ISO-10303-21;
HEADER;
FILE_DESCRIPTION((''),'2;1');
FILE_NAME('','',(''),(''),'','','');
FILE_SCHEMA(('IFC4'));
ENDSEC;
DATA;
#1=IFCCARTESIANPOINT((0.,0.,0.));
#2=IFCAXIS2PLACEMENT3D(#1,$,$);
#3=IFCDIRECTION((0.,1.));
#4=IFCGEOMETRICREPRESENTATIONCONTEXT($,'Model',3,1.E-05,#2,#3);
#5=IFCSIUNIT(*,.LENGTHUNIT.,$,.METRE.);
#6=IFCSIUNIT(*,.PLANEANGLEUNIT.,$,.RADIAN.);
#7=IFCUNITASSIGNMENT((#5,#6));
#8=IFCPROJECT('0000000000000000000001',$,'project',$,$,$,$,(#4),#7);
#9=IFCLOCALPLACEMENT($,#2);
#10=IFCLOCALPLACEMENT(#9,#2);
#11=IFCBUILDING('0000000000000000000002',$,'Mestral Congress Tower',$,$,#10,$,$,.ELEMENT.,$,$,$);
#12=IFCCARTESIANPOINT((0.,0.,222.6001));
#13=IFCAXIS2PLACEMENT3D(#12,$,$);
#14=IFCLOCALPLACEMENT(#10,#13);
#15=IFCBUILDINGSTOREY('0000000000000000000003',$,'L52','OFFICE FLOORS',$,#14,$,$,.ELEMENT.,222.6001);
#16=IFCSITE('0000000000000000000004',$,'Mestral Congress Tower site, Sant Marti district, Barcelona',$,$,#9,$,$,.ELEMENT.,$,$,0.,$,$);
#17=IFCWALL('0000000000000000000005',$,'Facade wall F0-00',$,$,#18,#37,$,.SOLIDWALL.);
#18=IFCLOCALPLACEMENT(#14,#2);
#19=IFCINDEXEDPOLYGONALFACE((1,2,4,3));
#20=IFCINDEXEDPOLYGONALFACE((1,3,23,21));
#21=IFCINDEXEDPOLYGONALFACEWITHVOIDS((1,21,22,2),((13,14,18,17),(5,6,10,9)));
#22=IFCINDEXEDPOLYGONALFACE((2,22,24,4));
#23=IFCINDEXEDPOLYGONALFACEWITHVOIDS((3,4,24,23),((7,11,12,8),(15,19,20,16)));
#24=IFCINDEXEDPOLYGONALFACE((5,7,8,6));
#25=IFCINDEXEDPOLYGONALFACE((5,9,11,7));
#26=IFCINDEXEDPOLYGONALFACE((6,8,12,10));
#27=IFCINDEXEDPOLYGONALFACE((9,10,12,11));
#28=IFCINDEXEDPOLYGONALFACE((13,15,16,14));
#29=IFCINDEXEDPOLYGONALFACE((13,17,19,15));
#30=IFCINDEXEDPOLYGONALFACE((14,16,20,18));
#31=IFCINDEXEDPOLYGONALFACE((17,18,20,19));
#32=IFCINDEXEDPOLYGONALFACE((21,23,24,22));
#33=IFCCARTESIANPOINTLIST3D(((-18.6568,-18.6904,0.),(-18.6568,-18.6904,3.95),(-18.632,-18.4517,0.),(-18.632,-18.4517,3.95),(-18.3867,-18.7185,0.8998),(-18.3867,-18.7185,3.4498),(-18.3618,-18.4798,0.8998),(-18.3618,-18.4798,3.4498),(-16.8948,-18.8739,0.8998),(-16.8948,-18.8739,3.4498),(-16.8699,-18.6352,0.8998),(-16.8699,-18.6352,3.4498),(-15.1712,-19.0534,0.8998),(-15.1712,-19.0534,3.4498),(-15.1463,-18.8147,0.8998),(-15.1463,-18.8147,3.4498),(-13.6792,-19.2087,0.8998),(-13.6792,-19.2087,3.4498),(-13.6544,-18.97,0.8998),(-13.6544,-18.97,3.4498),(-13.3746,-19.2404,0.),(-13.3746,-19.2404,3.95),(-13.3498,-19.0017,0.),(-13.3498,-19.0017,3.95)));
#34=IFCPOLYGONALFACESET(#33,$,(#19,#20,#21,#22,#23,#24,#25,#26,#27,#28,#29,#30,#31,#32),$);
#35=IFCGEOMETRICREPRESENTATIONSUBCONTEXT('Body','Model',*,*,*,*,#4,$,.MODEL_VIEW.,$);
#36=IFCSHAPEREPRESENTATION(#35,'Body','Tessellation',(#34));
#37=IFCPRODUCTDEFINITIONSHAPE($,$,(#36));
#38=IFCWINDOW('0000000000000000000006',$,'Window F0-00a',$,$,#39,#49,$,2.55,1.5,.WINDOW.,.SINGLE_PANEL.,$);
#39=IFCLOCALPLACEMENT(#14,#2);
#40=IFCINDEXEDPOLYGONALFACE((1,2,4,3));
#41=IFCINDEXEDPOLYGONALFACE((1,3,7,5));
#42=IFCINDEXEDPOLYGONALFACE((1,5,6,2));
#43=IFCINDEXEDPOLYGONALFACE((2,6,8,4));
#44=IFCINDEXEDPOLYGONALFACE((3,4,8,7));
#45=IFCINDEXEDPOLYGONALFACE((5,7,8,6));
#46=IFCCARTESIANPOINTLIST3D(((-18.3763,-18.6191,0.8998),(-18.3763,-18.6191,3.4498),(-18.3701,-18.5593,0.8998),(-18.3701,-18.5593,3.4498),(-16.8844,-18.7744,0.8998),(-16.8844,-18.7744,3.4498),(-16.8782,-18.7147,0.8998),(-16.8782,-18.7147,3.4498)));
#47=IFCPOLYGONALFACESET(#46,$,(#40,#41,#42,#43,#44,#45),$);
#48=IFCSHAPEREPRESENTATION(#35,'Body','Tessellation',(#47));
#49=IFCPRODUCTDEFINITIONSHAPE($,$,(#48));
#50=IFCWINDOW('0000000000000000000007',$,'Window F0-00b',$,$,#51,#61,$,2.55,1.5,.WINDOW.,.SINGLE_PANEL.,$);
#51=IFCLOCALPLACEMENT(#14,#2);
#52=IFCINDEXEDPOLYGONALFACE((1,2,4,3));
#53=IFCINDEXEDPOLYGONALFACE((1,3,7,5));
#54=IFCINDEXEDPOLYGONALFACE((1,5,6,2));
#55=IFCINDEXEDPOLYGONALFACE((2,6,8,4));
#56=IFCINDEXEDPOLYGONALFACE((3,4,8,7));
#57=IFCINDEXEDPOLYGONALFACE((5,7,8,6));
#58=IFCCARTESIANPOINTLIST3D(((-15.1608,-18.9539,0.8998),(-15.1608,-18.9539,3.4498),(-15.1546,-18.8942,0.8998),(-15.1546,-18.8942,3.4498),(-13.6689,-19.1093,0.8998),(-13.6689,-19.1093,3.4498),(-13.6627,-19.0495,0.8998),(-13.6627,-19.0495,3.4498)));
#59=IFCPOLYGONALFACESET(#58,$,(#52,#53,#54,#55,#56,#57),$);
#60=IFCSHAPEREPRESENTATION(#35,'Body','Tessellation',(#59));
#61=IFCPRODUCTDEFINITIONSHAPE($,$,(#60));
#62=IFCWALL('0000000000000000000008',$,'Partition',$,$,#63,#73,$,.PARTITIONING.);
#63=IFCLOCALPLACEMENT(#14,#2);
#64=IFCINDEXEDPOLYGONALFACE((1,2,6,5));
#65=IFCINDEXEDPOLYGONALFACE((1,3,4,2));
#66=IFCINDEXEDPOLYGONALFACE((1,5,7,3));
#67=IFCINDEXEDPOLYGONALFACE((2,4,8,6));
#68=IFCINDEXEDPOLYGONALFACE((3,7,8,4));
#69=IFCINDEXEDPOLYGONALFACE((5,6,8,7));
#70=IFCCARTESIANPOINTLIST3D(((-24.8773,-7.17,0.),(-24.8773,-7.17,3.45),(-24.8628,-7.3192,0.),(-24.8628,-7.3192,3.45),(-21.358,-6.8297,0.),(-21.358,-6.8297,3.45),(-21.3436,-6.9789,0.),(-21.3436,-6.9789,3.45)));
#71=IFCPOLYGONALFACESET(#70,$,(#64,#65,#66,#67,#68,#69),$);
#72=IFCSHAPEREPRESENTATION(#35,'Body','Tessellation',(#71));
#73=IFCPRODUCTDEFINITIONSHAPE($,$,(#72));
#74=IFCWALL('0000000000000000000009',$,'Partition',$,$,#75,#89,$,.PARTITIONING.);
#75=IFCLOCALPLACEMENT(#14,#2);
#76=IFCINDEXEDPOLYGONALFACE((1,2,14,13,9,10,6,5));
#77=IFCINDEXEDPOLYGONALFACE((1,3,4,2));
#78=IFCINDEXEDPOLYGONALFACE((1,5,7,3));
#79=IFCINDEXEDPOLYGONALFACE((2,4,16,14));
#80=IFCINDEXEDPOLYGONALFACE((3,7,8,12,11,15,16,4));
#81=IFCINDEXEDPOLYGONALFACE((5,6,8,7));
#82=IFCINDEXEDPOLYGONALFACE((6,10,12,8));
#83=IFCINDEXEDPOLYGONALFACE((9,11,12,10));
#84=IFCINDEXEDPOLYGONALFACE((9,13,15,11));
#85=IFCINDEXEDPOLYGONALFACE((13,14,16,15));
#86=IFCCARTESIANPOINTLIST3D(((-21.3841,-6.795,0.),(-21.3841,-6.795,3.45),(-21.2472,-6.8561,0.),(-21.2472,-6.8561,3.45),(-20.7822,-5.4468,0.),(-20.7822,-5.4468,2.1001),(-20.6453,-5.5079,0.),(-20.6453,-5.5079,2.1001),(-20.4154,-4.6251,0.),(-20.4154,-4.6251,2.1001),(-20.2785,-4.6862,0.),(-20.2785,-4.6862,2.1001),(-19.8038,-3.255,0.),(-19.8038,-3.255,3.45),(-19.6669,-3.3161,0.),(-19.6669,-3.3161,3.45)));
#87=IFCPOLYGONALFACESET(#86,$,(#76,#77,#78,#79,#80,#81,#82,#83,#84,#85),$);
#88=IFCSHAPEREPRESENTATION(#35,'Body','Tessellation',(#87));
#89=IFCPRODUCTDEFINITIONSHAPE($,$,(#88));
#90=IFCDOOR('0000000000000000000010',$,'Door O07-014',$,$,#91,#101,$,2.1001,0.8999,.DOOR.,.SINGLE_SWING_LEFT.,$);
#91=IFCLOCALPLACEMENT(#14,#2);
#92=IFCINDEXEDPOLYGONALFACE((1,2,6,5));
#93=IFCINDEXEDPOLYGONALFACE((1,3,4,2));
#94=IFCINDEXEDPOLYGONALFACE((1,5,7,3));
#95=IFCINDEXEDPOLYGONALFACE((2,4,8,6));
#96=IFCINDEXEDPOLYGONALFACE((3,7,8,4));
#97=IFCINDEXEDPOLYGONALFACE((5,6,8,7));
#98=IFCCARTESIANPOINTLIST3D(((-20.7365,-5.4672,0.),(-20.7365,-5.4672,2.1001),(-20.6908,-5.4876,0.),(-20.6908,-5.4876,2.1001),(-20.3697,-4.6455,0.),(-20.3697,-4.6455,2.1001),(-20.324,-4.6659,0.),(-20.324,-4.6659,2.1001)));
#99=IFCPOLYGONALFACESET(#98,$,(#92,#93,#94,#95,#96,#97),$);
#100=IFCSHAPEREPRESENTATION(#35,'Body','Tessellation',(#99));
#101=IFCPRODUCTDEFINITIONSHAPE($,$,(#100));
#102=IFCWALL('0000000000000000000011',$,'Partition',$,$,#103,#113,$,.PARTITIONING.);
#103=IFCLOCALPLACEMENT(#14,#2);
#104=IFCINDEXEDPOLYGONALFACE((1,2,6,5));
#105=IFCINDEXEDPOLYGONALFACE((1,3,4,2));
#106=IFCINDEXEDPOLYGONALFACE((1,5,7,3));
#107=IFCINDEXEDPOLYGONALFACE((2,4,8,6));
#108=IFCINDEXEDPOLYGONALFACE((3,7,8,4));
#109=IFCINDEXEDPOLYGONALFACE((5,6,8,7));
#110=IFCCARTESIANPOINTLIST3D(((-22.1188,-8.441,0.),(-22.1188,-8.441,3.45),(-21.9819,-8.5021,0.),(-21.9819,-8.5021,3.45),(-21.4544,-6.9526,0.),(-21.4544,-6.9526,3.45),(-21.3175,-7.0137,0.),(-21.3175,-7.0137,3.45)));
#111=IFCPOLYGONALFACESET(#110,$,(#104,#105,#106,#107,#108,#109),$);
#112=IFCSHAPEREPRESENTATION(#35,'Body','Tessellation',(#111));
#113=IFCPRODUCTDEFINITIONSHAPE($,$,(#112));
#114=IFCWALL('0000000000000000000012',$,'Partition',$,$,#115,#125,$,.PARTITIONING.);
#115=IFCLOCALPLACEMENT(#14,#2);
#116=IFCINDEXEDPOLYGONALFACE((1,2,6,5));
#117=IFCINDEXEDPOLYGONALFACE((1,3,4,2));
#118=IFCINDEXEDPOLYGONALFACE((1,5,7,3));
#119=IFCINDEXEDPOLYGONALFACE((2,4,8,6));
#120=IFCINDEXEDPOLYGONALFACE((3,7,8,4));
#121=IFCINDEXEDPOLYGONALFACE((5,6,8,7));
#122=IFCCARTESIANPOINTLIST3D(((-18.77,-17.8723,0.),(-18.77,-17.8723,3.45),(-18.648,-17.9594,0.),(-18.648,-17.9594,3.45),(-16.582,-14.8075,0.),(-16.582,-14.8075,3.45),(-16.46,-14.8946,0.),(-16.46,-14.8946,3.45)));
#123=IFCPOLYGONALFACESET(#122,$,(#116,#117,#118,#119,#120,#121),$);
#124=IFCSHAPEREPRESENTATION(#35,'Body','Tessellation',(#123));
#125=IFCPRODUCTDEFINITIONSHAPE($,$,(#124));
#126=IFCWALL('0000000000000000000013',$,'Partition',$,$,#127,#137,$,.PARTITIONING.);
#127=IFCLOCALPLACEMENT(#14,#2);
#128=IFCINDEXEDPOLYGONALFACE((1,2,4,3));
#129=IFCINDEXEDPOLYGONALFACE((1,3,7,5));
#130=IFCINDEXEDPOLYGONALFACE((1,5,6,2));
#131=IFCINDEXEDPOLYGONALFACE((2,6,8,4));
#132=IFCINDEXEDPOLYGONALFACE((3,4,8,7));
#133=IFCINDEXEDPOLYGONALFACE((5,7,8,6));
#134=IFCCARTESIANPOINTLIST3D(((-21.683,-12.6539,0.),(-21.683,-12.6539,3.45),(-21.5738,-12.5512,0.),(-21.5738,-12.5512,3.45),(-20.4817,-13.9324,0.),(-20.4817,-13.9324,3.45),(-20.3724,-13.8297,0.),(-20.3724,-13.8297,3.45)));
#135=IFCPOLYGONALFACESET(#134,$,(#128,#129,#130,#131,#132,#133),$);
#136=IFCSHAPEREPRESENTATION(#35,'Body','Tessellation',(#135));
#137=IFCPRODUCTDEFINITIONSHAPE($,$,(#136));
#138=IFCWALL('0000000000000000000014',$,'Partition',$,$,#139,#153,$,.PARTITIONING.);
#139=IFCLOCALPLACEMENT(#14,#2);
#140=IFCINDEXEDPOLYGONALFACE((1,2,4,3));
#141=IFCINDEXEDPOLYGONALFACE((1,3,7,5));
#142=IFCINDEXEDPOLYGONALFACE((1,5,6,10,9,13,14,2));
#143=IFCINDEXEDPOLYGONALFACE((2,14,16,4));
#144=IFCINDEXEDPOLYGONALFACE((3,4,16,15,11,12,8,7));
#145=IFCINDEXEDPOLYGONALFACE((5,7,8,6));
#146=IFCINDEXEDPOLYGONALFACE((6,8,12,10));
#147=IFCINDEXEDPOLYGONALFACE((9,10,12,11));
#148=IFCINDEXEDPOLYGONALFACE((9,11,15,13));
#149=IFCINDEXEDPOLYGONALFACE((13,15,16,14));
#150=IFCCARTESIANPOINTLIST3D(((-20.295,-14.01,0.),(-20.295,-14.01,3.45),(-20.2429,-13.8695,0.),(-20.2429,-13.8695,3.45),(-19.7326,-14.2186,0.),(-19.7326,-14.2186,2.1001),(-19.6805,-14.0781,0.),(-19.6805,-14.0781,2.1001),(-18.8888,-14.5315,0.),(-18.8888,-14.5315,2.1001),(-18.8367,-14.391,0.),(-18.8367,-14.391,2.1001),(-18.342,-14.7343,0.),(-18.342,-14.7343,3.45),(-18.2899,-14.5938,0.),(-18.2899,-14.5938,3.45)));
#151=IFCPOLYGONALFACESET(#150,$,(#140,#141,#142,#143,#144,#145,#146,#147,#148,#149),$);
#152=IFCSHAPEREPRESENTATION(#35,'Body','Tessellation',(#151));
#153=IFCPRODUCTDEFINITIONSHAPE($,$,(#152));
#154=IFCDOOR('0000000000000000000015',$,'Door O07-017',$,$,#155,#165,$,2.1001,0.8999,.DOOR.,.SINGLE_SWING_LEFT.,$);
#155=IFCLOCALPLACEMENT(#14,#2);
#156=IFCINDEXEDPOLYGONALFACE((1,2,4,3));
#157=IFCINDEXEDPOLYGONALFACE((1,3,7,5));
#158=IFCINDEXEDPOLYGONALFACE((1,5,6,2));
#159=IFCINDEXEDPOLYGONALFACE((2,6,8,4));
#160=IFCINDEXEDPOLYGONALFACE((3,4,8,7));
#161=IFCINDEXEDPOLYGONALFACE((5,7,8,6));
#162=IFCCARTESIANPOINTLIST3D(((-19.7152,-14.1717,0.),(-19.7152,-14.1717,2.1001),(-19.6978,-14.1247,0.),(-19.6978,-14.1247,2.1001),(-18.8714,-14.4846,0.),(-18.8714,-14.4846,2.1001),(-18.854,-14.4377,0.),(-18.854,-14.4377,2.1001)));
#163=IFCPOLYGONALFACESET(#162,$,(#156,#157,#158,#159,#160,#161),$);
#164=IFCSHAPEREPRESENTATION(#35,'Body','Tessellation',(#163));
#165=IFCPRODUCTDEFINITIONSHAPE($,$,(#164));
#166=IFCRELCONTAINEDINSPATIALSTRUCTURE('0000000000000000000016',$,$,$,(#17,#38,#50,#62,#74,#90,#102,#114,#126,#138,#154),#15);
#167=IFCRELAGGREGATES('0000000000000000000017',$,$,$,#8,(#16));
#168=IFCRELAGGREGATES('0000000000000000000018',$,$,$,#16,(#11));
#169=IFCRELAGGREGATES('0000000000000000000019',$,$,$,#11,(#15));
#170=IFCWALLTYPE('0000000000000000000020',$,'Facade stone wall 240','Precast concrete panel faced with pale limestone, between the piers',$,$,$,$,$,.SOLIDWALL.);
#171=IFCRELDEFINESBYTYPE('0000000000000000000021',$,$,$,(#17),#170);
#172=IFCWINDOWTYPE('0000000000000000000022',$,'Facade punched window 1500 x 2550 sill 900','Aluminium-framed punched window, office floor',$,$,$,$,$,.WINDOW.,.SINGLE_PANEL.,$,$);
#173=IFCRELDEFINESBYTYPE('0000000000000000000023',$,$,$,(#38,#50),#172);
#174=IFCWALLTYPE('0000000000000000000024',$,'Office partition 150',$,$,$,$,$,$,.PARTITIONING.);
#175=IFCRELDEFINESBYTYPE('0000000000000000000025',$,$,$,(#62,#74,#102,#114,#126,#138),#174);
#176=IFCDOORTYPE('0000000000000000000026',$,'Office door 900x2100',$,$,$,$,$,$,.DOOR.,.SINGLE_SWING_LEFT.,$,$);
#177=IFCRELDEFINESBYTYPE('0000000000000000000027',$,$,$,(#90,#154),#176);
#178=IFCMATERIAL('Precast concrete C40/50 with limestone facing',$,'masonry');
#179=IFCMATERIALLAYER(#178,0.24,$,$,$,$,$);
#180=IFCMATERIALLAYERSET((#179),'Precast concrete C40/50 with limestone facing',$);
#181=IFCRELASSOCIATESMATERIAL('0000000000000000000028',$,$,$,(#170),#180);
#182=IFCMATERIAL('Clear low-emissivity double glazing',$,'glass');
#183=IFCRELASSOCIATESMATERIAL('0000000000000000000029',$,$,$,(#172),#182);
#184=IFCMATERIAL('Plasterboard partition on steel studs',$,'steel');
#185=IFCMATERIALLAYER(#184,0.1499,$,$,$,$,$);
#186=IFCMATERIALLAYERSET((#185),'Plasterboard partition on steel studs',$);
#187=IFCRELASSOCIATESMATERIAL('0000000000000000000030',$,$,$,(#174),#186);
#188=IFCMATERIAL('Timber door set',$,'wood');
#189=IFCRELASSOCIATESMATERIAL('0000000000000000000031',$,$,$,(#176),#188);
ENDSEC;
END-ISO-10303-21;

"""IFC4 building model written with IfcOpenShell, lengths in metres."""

from ifc_helpers import new_model, si_unit, direction, frame, frame_2d, origin, place, context, subcontext, project, spatial, rectangle, extrude, material, layer, layer_set, type_object, element, fill, save


model = new_model("IFC4")

# Units and contexts
model_context = context("Model", 3, precision=1e-05, world=origin(), true_north=direction((0.0, 1.0)))
body_context = subcontext(model_context, "Body", "Model", "MODEL_VIEW")
ifc_project = project(units=[si_unit("LENGTHUNIT", "METRE"), si_unit("PLANEANGLEUNIT", "RADIAN")], contexts=[model_context])

# Site, building, storey
site_placement = place(None, origin())
site = spatial("IfcSite", under=ifc_project, at=site_placement, Name="Mestral Congress Tower site, Sant Marti district, Barcelona", CompositionType="ELEMENT", RefElevation=0.0)
building_placement = place(site_placement, origin())
building = spatial("IfcBuilding", under=site, at=building_placement, Name="Mestral Congress Tower", CompositionType="ELEMENT")
storey_placement = place(building_placement, frame((0.0, 0.0, 222.6001)))
storey = spatial("IfcBuildingStorey", under=building, at=storey_placement, Name="L52", Description="OFFICE FLOORS", CompositionType="ELEMENT", Elevation=222.6001)

# Wall, openings, windows
ifc_material_1 = material(Name="Precast concrete C40/50 with limestone facing", Category="masonry")
ifc_layer_1 = layer(ifc_material_1, 0.24)
ifc_layer_set_1 = layer_set([ifc_layer_1], Name="Precast concrete C40/50 with limestone facing")
wall_type_1 = type_object("IfcWallType", Name="Facade stone wall 240", Description="Precast concrete panel faced with pale limestone, between the piers", PredefinedType="SOLIDWALL", material=ifc_layer_set_1)
wall_1_placement = place(storey_placement, frame((-18.6443, -18.571, 0.0), z_axis=(0.0, 0.0, 1.0), x_axis=(0.994622, -0.103572, 0.0)))
wall_1 = element("IfcWall", 1, at=wall_1_placement, inside=storey, type_object=wall_type_1, Name="Facade wall F0-00", PredefinedType="SOLIDWALL", context=body_context, shape_type="SweptSolid", body=[
    extrude(rectangle(XDim=5.3108, YDim=0.24, at=frame_2d((2.6553, 0.0))), origin(), (0.0, 0.0, 1.0), 3.95),
])
opening_1_placement = place(wall_1_placement, frame((0.2715, 0.0, 0.8999)))
opening_1 = element("IfcOpeningElement", 2, at=opening_1_placement, cuts=wall_1, PredefinedType="OPENING", context=body_context, shape_type="SweptSolid", body=[
    extrude(rectangle(XDim=1.5, YDim=2.55, at=frame_2d((0.75, 1.2749))), frame((0.0, 0.1299, 0.0), z_axis=(0.0, -1.0, 0.0), x_axis=(1.0, 0.0, 0.0)), (0.0, 0.0, 1.0), 0.26),
])
opening_2_placement = place(wall_1_placement, frame((3.5044, 0.0, 0.8999)))
opening_2 = element("IfcOpeningElement", 3, at=opening_2_placement, cuts=wall_1, PredefinedType="OPENING", context=body_context, shape_type="SweptSolid", body=[
    extrude(rectangle(XDim=1.5, YDim=2.55, at=frame_2d((0.75, 1.2749))), frame((0.0, 0.1299, 0.0), z_axis=(0.0, -1.0, 0.0), x_axis=(1.0, 0.0, 0.0)), (0.0, 0.0, 1.0), 0.26),
])
ifc_material_2 = material(Name="Clear low-emissivity double glazing", Category="glass")
window_type = type_object("IfcWindowType", Name="Facade punched window 1500 x 2550 sill 900", Description="Aluminium-framed punched window, office floor", PartitioningType="SINGLE_PANEL", PredefinedType="WINDOW", material=ifc_material_2)
window_1_placement = place(opening_1_placement, origin())
window_1 = element("IfcWindow", 4, at=window_1_placement, inside=storey, type_object=window_type, Name="Window F0-00a", OverallHeight=2.55, OverallWidth=1.5, PartitioningType="SINGLE_PANEL", PredefinedType="WINDOW", context=body_context, shape_type="SweptSolid", body=[
    extrude(rectangle(XDim=1.5, YDim=2.55, at=frame_2d((0.75, 1.2749))), frame((0.0, 0.04, 0.0), z_axis=(0.0, -1.0, 0.0), x_axis=(1.0, 0.0, 0.0)), (0.0, 0.0, 1.0), 0.0601),
])
fill(opening_1, window_1)
window_2_placement = place(opening_2_placement, origin())
window_2 = element("IfcWindow", 5, at=window_2_placement, inside=storey, type_object=window_type, Name="Window F0-00b", OverallHeight=2.55, OverallWidth=1.5, PartitioningType="SINGLE_PANEL", PredefinedType="WINDOW", context=body_context, shape_type="SweptSolid", body=[
    extrude(rectangle(XDim=1.5, YDim=2.55, at=frame_2d((0.75, 1.2749))), frame((0.0, 0.04, 0.0), z_axis=(0.0, -1.0, 0.0), x_axis=(1.0, 0.0, 0.0)), (0.0, 0.0, 1.0), 0.0601),
])
fill(opening_2, window_2)

# Wall
ifc_material_3 = material(Name="Plasterboard partition on steel studs", Category="steel")
ifc_layer_2 = layer(ifc_material_3, 0.1499)
ifc_layer_set_2 = layer_set([ifc_layer_2], Name="Plasterboard partition on steel studs")
wall_type_2 = type_object("IfcWallType", Name="Office partition 150", PredefinedType="PARTITIONING", material=ifc_layer_set_2)
wall_2_placement = place(storey_placement, frame((-21.3508, -6.9043, 0.0), z_axis=(0.0, 0.0, 1.0), x_axis=(-0.995357, -0.096256, 0.0)))
element("IfcWall", 6, at=wall_2_placement, inside=storey, type_object=wall_type_2, Name="Partition", PredefinedType="PARTITIONING", context=body_context, shape_type="SweptSolid", body=[
    extrude(rectangle(XDim=3.5356, YDim=0.1499, at=frame_2d((1.7678, 0.0))), origin(), (0.0, 0.0, 1.0), 3.45),
])

# Wall, opening, door
wall_3_placement = place(storey_placement, frame((-21.3157, -6.8257, 0.0), z_axis=(0.0, 0.0, 1.0), x_axis=(0.40764, 0.913143, 0.0)))
wall_3 = element("IfcWall", 7, at=wall_3_placement, inside=storey, type_object=wall_type_2, Name="Partition", PredefinedType="PARTITIONING", context=body_context, shape_type="SweptSolid", body=[
    extrude(rectangle(XDim=3.8767, YDim=0.1499, at=frame_2d((1.9385, 0.0))), origin(), (0.0, 0.0, 1.0), 3.45),
])
opening_3_placement = place(wall_3_placement, frame((1.4766, 0.0, 0.0)))
opening_3 = element("IfcOpeningElement", 8, at=opening_3_placement, cuts=wall_3, PredefinedType="OPENING", context=body_context, shape_type="SweptSolid", body=[
    extrude(rectangle(XDim=0.8999, YDim=2.1001, at=frame_2d((0.45, 1.05))), frame((0.0, 0.085, 0.0), z_axis=(0.0, -1.0, 0.0), x_axis=(1.0, 0.0, 0.0)), (0.0, 0.0, 1.0), 0.1699),
])
ifc_material_4 = material(Name="Timber door set", Category="wood")
door_type_1 = type_object("IfcDoorType", Name="Office door 900x2100", OperationType="SINGLE_SWING_LEFT", PredefinedType="DOOR", material=ifc_material_4)
door_1_placement = place(opening_3_placement, origin())
door_1 = element("IfcDoor", 9, at=door_1_placement, inside=storey, type_object=door_type_1, Name="Door O07-014", OperationType="SINGLE_SWING_LEFT", OverallHeight=2.1001, OverallWidth=0.8999, PredefinedType="DOOR", context=body_context, shape_type="SweptSolid", body=[
    extrude(rectangle(XDim=0.8999, YDim=2.1001, at=frame_2d((0.45, 1.05))), frame((0.0, 0.0249, 0.0), z_axis=(0.0, -1.0, 0.0), x_axis=(1.0, 0.0, 0.0)), (0.0, 0.0, 1.0), 0.05),
])
fill(opening_3, door_1)

# Walls
wall_4_placement = place(storey_placement, frame((-21.386, -6.9832, 0.0), z_axis=(0.0, 0.0, 1.0), x_axis=(-0.407597, -0.913162, 0.0)))
element("IfcWall", 10, at=wall_4_placement, inside=storey, type_object=wall_type_2, Name="Partition", PredefinedType="PARTITIONING", context=body_context, shape_type="SweptSolid", body=[
    extrude(rectangle(XDim=1.6299, YDim=0.1499, at=frame_2d((0.8149, 0.0))), origin(), (0.0, 0.0, 1.0), 3.45),
])
wall_5_placement = place(storey_placement, frame((-16.521, -14.8511, 0.0), z_axis=(0.0, 0.0, 1.0), x_axis=(-0.581048, -0.813869, 0.0)))
element("IfcWall", 11, at=wall_5_placement, inside=storey, type_object=wall_type_2, Name="Partition", PredefinedType="PARTITIONING", context=body_context, shape_type="SweptSolid", body=[
    extrude(rectangle(XDim=3.7656, YDim=0.1499, at=frame_2d((1.8828, 0.0))), origin(), (0.0, 0.0, 1.0), 3.45),
])
wall_6_placement = place(storey_placement, frame((-21.6284, -12.6025, 0.0), z_axis=(0.0, 0.0, 1.0), x_axis=(0.684778, -0.728751, 0.0)))
element("IfcWall", 12, at=wall_6_placement, inside=storey, type_object=wall_type_2, Name="Partition", PredefinedType="PARTITIONING", context=body_context, shape_type="SweptSolid", body=[
    extrude(rectangle(XDim=1.7544, YDim=0.1499, at=frame_2d((0.8772, 0.0))), origin(), (0.0, 0.0, 1.0), 3.45),
])

# Wall, opening, door
wall_7_placement = place(storey_placement, frame((-18.3159, -14.6641, 0.0), z_axis=(0.0, 0.0, 1.0), x_axis=(-0.937595, 0.34773, 0.0)))
wall_7 = element("IfcWall", 13, at=wall_7_placement, inside=storey, type_object=wall_type_2, Name="Partition", PredefinedType="PARTITIONING", context=body_context, shape_type="SweptSolid", body=[
    extrude(rectangle(XDim=2.083, YDim=0.1499, at=frame_2d((1.0415, 0.0))), origin(), (0.0, 0.0, 1.0), 3.45),
])
opening_4_placement = place(wall_7_placement, frame((0.5833, 0.0, 0.0)))
opening_4 = element("IfcOpeningElement", 14, at=opening_4_placement, cuts=wall_7, PredefinedType="OPENING", context=body_context, shape_type="SweptSolid", body=[
    extrude(rectangle(XDim=0.8999, YDim=2.1001, at=frame_2d((0.45, 1.05))), frame((0.0, 0.085, 0.0), z_axis=(0.0, -1.0, 0.0), x_axis=(1.0, 0.0, 0.0)), (0.0, 0.0, 1.0), 0.1699),
])
door_2_placement = place(opening_4_placement, origin())
door_2 = element("IfcDoor", 15, at=door_2_placement, inside=storey, type_object=door_type_1, Name="Door O07-017", OperationType="SINGLE_SWING_LEFT", OverallHeight=2.1001, OverallWidth=0.8999, PredefinedType="DOOR", context=body_context, shape_type="SweptSolid", body=[
    extrude(rectangle(XDim=0.8999, YDim=2.1001, at=frame_2d((0.45, 1.05))), frame((0.0, 0.0249, 0.0), z_axis=(0.0, -1.0, 0.0), x_axis=(1.0, 0.0, 0.0)), (0.0, 0.0, 1.0), 0.05),
])
fill(opening_4, door_2)

save(model, "model.ifc")
